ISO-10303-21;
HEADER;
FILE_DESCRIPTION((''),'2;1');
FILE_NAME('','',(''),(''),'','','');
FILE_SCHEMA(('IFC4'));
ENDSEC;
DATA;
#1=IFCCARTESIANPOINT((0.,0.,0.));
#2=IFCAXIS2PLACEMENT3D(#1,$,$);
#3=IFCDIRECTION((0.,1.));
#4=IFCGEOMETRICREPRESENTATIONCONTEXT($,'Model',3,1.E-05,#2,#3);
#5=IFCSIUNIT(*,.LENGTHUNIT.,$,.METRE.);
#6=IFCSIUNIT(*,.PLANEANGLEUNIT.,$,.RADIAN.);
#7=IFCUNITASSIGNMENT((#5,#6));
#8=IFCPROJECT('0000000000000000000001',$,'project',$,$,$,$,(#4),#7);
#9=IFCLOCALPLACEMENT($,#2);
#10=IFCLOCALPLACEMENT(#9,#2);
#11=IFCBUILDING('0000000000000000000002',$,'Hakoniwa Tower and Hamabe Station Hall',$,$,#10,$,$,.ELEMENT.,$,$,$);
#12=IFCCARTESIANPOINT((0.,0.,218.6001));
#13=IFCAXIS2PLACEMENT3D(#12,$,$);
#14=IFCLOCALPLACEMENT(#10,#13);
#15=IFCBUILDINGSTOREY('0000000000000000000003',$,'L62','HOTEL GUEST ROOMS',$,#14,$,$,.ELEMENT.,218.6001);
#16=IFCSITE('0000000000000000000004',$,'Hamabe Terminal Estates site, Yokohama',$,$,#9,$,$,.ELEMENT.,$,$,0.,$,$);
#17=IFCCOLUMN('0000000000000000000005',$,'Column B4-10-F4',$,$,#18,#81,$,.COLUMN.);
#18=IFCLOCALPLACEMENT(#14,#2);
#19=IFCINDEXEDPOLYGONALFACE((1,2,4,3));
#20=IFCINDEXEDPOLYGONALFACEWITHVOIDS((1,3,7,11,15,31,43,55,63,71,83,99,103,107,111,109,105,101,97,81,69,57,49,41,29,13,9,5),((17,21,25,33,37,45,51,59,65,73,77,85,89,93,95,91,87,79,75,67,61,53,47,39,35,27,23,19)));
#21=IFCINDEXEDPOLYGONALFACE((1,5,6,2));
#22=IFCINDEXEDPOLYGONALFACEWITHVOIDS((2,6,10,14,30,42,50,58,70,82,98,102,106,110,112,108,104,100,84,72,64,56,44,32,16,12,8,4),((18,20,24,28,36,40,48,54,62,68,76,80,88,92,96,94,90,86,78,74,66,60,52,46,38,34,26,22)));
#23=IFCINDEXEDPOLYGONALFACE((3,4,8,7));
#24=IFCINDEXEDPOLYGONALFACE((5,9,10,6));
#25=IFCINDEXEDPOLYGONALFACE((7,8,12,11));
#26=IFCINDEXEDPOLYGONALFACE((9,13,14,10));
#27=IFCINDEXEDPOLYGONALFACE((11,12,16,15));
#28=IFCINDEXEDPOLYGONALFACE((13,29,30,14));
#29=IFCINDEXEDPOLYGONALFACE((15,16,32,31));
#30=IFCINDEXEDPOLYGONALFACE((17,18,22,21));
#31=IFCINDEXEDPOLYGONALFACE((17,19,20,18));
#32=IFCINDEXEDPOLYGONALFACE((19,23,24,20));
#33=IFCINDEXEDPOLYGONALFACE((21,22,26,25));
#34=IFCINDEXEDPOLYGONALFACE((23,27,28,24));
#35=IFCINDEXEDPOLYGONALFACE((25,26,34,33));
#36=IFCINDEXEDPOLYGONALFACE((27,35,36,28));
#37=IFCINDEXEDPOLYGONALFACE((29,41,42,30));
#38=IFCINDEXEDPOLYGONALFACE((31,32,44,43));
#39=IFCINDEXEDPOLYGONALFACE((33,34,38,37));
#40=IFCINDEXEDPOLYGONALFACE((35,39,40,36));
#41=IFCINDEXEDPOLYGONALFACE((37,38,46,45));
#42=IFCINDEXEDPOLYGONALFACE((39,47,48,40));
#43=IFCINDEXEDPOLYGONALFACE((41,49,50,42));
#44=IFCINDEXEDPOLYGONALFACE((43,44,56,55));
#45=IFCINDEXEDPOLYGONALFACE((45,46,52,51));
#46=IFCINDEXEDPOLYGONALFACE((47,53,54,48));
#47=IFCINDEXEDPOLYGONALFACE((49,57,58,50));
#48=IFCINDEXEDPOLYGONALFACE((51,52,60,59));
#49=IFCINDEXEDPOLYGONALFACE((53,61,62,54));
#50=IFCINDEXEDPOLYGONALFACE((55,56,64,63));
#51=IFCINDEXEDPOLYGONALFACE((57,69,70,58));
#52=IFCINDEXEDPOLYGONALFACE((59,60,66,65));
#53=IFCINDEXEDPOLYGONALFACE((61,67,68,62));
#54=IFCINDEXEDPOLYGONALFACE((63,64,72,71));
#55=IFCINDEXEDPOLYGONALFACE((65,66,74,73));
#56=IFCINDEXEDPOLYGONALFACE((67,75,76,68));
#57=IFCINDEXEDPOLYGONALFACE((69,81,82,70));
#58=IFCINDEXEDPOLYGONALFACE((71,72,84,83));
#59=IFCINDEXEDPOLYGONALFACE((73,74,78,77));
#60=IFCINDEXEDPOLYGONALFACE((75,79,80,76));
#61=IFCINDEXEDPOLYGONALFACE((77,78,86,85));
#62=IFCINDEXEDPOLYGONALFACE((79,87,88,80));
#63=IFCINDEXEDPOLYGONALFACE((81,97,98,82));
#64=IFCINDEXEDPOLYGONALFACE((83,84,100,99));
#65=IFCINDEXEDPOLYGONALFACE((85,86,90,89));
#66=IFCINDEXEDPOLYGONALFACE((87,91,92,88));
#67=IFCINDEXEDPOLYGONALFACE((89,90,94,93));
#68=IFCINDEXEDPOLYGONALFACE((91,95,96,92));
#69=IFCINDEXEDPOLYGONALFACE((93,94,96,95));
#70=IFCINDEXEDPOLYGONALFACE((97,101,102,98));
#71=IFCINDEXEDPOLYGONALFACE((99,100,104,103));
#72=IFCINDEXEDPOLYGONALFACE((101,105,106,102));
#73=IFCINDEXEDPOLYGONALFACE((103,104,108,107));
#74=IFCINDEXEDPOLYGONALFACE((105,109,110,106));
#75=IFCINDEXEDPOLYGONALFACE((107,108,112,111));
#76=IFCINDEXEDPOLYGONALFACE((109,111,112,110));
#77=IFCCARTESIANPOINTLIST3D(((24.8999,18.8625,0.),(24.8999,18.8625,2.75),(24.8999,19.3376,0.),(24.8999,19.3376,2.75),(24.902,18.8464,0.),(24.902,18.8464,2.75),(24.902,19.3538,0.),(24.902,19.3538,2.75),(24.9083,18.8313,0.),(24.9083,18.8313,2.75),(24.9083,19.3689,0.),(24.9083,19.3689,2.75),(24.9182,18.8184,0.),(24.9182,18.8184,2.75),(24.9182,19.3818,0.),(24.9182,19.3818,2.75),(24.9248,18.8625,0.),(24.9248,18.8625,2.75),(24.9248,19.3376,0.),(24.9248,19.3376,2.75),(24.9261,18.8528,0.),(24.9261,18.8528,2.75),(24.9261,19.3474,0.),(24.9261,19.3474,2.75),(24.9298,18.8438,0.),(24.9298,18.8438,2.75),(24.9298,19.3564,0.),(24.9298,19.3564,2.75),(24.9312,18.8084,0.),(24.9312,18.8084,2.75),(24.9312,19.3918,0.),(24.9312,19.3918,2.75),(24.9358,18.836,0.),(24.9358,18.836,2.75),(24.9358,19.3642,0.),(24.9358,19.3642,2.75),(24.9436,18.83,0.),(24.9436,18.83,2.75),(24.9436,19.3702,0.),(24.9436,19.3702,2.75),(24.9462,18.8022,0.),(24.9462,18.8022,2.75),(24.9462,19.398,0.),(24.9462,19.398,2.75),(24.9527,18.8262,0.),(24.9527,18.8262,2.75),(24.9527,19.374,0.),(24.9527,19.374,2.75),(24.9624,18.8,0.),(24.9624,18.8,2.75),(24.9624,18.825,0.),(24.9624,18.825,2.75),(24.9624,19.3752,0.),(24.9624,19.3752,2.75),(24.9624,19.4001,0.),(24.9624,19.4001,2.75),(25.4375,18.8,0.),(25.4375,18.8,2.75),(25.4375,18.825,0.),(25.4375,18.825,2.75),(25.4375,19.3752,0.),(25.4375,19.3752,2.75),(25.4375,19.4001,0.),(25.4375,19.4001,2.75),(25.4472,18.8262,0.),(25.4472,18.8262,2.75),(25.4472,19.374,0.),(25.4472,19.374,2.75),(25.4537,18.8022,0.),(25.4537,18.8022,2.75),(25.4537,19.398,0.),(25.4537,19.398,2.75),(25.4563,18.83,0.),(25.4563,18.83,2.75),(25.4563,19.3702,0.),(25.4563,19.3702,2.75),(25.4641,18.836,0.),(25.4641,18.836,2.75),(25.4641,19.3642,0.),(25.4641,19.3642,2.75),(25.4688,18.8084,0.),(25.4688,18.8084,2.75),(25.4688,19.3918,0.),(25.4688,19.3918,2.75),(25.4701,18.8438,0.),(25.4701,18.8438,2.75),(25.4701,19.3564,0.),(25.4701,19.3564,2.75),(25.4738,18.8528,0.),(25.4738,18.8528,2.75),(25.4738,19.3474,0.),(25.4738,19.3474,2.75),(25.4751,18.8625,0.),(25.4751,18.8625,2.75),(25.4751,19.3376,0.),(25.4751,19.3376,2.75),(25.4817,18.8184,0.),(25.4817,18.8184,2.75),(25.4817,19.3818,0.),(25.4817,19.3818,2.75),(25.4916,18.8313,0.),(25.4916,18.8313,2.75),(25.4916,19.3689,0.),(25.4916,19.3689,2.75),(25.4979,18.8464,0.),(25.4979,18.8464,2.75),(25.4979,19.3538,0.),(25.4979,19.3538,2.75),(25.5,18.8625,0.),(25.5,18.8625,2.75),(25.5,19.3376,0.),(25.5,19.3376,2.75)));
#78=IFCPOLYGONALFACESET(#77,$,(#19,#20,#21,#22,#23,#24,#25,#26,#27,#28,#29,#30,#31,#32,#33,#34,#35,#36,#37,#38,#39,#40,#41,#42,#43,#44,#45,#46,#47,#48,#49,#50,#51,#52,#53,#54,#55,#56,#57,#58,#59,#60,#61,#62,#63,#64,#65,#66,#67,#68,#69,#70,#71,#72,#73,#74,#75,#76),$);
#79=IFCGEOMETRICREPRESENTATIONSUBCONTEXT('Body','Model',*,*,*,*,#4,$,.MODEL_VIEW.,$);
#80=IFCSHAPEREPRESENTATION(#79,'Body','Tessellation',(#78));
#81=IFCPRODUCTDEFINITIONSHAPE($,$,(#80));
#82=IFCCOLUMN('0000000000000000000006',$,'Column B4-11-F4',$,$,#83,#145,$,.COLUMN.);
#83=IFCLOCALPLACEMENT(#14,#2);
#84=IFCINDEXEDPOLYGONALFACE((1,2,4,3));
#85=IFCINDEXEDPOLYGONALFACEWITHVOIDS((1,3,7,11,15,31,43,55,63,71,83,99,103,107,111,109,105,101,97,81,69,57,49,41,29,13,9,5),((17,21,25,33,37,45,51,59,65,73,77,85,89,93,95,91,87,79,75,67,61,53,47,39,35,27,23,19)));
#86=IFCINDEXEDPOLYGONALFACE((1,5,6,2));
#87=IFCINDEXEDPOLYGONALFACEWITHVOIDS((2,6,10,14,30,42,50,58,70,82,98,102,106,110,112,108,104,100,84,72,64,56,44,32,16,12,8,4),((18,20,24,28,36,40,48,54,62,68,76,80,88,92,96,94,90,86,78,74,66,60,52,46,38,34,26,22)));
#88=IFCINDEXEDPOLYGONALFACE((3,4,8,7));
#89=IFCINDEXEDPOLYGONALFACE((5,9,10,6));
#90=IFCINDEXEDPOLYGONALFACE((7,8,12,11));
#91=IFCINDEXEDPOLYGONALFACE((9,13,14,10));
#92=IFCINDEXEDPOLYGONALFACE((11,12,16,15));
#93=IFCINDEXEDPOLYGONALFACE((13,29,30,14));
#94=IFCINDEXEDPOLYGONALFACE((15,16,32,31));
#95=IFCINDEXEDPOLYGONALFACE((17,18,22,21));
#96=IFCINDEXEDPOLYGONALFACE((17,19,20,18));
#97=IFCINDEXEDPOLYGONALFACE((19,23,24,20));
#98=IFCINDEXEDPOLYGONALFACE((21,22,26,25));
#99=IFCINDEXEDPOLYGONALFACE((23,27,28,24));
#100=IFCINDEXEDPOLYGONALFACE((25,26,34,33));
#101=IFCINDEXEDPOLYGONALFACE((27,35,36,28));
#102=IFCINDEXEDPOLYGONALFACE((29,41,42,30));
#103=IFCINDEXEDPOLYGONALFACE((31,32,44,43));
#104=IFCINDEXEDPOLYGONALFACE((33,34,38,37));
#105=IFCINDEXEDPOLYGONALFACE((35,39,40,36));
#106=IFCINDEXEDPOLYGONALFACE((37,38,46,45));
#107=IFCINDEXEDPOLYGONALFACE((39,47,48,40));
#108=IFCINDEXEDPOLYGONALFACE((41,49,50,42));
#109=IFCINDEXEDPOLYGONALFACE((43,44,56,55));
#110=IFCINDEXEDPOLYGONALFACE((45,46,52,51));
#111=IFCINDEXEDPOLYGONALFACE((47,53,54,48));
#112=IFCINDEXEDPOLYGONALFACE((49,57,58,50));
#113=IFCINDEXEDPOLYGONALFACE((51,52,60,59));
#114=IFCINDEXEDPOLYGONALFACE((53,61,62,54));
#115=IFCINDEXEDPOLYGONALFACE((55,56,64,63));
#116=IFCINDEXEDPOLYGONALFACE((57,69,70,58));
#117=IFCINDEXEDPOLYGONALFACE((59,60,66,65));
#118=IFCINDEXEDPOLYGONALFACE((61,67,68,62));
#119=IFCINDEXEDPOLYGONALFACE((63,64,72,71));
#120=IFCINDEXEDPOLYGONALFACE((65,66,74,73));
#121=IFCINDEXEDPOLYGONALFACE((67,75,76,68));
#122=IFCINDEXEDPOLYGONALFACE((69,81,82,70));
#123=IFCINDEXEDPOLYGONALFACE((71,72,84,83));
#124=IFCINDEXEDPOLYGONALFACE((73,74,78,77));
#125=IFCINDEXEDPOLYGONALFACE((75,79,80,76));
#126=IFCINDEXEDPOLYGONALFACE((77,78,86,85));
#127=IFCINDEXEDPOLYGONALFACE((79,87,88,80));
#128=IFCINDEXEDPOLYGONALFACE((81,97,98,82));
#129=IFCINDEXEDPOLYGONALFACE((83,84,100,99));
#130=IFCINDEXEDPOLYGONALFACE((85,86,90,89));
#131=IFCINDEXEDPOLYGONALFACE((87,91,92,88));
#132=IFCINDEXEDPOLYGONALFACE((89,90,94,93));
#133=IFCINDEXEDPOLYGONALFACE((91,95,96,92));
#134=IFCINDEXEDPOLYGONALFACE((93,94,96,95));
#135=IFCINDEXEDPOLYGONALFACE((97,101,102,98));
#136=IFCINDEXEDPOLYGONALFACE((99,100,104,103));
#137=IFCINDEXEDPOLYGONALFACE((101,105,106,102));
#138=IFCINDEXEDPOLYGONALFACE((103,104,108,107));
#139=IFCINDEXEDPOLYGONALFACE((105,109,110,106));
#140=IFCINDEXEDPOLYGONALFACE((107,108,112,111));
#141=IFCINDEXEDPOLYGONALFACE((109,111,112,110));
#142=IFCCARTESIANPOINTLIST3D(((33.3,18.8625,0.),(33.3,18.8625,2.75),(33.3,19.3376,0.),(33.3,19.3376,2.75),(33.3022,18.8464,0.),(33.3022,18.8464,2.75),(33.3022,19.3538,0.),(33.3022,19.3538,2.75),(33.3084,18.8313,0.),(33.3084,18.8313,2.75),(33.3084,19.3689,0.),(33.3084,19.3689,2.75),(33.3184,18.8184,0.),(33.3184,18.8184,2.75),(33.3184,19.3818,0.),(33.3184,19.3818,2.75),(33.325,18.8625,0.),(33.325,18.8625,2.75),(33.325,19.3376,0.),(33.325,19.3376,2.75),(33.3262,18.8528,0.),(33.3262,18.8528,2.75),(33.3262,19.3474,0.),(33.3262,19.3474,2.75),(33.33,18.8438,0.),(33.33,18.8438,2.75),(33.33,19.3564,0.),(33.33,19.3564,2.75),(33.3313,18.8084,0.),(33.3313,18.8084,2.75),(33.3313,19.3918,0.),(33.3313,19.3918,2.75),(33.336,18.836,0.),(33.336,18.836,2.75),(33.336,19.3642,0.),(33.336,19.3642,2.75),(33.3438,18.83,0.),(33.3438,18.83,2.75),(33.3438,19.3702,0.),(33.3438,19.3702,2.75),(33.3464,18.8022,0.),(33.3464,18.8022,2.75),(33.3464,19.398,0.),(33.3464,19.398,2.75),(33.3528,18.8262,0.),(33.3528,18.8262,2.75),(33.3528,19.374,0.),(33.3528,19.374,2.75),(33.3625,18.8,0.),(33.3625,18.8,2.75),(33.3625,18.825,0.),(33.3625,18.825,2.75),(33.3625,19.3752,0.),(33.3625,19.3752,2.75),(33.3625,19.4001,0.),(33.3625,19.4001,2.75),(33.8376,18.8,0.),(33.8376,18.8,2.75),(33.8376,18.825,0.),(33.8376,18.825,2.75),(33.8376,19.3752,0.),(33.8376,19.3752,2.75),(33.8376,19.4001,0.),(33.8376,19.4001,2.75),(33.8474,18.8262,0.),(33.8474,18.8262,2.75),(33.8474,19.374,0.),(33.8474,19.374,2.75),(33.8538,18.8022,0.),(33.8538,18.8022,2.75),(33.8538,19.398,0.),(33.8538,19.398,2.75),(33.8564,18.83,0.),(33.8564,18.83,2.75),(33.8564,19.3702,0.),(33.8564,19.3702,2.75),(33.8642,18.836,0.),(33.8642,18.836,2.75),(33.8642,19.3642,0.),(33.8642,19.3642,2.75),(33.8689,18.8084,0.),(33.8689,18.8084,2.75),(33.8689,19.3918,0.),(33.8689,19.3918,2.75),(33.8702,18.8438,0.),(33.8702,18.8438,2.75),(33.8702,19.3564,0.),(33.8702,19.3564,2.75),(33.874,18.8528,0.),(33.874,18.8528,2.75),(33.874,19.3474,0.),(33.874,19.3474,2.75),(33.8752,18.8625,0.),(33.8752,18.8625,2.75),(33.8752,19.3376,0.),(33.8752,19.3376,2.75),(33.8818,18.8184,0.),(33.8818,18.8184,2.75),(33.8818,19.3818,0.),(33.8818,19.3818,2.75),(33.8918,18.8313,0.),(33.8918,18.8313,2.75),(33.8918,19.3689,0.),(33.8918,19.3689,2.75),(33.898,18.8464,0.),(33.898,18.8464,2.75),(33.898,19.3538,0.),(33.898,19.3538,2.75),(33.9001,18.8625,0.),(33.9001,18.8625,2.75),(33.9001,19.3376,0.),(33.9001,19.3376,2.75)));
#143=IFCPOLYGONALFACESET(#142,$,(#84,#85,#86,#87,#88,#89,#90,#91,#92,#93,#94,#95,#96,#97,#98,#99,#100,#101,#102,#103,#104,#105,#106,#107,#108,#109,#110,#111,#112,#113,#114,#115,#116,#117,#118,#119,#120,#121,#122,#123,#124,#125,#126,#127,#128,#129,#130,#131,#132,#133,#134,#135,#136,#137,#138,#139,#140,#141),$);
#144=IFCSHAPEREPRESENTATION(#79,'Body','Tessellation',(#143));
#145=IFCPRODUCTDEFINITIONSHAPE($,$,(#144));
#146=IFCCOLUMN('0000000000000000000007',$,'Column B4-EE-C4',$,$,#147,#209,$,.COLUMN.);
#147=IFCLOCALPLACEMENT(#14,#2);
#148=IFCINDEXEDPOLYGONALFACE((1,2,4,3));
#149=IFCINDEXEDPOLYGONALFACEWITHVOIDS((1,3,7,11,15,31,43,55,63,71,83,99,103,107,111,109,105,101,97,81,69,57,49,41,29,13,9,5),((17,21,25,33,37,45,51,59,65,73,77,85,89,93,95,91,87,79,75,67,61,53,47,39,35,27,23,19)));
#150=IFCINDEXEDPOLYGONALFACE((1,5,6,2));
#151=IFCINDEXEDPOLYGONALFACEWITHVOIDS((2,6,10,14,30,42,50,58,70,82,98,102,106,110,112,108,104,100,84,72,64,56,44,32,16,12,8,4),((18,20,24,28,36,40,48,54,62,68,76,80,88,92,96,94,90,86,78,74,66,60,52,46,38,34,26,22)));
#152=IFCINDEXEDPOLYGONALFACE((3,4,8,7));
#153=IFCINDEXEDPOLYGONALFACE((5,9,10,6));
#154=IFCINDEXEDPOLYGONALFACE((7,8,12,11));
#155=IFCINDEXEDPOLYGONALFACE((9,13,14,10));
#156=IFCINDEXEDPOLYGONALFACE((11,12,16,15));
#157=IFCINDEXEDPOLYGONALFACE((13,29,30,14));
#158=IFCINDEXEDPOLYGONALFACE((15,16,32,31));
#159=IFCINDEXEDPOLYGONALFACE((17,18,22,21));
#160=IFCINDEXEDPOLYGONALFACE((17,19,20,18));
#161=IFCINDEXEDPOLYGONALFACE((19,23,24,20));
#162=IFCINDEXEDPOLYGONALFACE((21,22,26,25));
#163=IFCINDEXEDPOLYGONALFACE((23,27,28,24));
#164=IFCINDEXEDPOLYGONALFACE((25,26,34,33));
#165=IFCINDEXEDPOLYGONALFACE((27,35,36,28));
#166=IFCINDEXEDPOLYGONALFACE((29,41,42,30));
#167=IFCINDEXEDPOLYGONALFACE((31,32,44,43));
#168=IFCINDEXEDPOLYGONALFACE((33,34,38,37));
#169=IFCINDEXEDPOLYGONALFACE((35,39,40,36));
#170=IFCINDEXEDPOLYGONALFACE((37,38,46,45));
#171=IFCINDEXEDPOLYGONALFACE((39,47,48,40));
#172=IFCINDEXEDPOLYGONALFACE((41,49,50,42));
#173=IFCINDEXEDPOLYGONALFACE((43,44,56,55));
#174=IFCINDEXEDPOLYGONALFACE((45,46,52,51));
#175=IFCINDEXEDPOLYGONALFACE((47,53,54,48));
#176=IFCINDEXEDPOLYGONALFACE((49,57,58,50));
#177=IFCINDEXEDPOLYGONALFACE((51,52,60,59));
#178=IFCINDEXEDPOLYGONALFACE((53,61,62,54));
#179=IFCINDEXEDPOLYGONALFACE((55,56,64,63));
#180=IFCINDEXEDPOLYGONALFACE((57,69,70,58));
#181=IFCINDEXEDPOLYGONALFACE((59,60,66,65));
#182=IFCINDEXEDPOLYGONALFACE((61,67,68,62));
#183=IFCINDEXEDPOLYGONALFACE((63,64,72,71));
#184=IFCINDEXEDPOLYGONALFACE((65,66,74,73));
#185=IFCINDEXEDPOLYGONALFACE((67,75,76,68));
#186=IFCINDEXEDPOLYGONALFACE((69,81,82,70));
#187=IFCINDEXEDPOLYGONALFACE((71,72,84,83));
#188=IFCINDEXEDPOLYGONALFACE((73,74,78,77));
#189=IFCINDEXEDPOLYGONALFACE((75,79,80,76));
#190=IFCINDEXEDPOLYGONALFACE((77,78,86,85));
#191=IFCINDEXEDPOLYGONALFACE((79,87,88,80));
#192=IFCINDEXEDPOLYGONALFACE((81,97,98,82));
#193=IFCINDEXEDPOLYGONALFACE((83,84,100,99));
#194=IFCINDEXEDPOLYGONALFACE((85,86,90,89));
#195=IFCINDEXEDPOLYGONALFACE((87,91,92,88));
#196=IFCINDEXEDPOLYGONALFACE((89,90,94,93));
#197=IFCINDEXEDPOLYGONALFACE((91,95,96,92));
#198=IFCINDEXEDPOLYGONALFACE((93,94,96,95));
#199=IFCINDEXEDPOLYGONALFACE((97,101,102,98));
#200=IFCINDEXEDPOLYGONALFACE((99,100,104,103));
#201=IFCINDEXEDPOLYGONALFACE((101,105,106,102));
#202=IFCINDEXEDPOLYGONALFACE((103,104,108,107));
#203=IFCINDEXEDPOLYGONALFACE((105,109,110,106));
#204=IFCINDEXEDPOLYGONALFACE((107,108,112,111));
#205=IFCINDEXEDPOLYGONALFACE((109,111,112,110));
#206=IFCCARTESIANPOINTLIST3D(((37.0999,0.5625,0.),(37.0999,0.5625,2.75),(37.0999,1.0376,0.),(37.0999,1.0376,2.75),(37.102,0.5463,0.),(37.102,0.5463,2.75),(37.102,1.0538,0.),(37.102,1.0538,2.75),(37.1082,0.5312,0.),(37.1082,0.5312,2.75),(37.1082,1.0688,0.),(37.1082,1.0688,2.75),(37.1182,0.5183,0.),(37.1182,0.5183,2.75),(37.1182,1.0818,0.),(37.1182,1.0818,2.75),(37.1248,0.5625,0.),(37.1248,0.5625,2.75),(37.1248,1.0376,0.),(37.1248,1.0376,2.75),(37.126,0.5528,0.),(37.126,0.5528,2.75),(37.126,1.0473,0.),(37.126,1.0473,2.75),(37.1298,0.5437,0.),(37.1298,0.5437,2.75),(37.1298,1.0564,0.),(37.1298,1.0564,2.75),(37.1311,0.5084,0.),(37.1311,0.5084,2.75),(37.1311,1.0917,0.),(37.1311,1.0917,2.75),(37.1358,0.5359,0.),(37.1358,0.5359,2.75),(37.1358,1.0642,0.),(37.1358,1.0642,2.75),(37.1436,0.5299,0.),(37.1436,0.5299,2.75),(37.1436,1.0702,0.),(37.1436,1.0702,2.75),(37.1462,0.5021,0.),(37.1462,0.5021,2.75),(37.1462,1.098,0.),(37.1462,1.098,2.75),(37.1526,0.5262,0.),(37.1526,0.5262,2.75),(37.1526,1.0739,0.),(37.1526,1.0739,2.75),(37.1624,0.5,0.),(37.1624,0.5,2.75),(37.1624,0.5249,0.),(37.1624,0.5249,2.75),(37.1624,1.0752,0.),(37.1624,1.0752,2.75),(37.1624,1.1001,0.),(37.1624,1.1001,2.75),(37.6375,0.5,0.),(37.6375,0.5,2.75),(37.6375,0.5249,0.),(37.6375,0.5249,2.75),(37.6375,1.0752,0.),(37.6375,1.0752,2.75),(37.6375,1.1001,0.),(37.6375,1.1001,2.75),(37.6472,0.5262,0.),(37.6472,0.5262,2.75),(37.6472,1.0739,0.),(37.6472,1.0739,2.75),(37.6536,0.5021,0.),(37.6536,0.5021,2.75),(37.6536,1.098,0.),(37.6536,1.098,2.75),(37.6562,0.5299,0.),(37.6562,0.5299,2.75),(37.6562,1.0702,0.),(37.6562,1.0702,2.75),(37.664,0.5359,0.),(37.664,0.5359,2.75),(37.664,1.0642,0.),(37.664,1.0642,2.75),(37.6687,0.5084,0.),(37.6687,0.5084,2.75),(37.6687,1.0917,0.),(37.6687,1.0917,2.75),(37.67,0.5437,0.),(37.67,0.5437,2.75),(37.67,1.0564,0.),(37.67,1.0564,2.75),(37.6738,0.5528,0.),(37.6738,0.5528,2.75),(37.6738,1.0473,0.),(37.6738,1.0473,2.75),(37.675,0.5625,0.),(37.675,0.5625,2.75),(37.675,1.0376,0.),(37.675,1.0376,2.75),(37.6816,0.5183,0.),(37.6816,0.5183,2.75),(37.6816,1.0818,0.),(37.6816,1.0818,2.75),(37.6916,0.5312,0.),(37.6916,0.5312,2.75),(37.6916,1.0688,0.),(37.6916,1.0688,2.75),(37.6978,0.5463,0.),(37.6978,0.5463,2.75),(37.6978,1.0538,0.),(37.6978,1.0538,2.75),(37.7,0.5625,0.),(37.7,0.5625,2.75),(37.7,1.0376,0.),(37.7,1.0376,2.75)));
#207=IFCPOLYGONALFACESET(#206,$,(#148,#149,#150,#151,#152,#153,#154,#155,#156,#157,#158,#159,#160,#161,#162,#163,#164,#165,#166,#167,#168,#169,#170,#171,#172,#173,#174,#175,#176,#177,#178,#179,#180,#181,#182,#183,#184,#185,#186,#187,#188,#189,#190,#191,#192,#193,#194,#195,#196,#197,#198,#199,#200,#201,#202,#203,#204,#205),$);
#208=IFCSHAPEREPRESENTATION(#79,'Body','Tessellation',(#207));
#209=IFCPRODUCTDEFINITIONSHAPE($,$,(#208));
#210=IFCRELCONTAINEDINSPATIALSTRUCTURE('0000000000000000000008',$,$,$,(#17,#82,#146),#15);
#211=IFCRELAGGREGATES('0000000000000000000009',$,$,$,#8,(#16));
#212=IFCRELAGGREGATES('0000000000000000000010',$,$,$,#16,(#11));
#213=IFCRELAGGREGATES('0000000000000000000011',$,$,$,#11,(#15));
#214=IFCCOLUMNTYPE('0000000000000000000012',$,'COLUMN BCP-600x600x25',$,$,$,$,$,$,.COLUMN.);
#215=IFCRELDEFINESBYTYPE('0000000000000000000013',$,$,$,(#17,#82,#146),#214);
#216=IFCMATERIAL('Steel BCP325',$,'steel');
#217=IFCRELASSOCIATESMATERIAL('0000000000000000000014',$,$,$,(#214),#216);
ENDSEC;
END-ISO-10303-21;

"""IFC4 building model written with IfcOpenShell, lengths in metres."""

from ifc_helpers import new_model, si_unit, direction, frame, origin, origin_2d, place, context, subcontext, project, spatial, hollow_rectangle, extrude, material, material_profile, profile_set, type_object, element, save


model = new_model("IFC4")

# Units and contexts
model_context = context("Model", 3, precision=1e-05, world=origin(), true_north=direction((0.0, 1.0)))
body_context = subcontext(model_context, "Body", "Model", "MODEL_VIEW")
ifc_project = project(units=[si_unit("LENGTHUNIT", "METRE"), si_unit("PLANEANGLEUNIT", "RADIAN")], contexts=[model_context])

# Site, building, storey
site_placement = place(None, origin())
site = spatial("IfcSite", under=ifc_project, at=site_placement, Name="Hamabe Terminal Estates site, Yokohama", CompositionType="ELEMENT", RefElevation=0.0)
building_placement = place(site_placement, origin())
building = spatial("IfcBuilding", under=site, at=building_placement, Name="Hakoniwa Tower and Hamabe Station Hall", CompositionType="ELEMENT")
storey_placement = place(building_placement, frame((0.0, 0.0, 218.6001)))
storey = spatial("IfcBuildingStorey", under=building, at=storey_placement, Name="L62", Description="HOTEL GUEST ROOMS", CompositionType="ELEMENT", Elevation=218.6001)

# Columns
ifc_material_1 = material(Name="Steel BCP325", Category="steel")
ifc_material_profile_1 = material_profile(ifc_material_1, hollow_rectangle(XDim=0.6001, YDim=0.6001, WallThickness=0.0249, InnerFilletRadius=0.0376, OuterFilletRadius=0.0625, at=origin_2d()), Name="BCP-600x600x25")
ifc_profile_set_1 = profile_set([ifc_material_profile_1], Name="Steel BCP325")
column_type = type_object("IfcColumnType", Name="COLUMN BCP-600x600x25", PredefinedType="COLUMN", material=ifc_profile_set_1)
for number, where, z_axis, x_axis, name in (
    (1, (25.2, 19.1001, 0.0), (0.0, 0.0, 1.0), (1.0, 0.0, 0.0), "Column B4-10-F4"),
    (2, (33.6001, 19.1001, 0.0), (0.0, 0.0, 1.0), (1.0, 0.0, 0.0), "Column B4-11-F4"),
    (3, (37.3999, 0.8, 0.0), (0.0, 0.0, 1.0), (1.0, 0.0, 0.0), "Column B4-EE-C4"),
):
    element("IfcColumn", number, at=place(storey_placement, frame(where, z_axis=z_axis, x_axis=x_axis)), inside=storey, type_object=column_type, Name=name, PredefinedType="COLUMN", context=body_context, shape_type="SweptSolid", body=[
        extrude(hollow_rectangle(XDim=0.6001, YDim=0.6001, WallThickness=0.0249, InnerFilletRadius=0.0376, OuterFilletRadius=0.0625, at=origin_2d()), origin(), (0.0, 0.0, 1.0), 2.75),
    ])

save(model, "model.ifc")
